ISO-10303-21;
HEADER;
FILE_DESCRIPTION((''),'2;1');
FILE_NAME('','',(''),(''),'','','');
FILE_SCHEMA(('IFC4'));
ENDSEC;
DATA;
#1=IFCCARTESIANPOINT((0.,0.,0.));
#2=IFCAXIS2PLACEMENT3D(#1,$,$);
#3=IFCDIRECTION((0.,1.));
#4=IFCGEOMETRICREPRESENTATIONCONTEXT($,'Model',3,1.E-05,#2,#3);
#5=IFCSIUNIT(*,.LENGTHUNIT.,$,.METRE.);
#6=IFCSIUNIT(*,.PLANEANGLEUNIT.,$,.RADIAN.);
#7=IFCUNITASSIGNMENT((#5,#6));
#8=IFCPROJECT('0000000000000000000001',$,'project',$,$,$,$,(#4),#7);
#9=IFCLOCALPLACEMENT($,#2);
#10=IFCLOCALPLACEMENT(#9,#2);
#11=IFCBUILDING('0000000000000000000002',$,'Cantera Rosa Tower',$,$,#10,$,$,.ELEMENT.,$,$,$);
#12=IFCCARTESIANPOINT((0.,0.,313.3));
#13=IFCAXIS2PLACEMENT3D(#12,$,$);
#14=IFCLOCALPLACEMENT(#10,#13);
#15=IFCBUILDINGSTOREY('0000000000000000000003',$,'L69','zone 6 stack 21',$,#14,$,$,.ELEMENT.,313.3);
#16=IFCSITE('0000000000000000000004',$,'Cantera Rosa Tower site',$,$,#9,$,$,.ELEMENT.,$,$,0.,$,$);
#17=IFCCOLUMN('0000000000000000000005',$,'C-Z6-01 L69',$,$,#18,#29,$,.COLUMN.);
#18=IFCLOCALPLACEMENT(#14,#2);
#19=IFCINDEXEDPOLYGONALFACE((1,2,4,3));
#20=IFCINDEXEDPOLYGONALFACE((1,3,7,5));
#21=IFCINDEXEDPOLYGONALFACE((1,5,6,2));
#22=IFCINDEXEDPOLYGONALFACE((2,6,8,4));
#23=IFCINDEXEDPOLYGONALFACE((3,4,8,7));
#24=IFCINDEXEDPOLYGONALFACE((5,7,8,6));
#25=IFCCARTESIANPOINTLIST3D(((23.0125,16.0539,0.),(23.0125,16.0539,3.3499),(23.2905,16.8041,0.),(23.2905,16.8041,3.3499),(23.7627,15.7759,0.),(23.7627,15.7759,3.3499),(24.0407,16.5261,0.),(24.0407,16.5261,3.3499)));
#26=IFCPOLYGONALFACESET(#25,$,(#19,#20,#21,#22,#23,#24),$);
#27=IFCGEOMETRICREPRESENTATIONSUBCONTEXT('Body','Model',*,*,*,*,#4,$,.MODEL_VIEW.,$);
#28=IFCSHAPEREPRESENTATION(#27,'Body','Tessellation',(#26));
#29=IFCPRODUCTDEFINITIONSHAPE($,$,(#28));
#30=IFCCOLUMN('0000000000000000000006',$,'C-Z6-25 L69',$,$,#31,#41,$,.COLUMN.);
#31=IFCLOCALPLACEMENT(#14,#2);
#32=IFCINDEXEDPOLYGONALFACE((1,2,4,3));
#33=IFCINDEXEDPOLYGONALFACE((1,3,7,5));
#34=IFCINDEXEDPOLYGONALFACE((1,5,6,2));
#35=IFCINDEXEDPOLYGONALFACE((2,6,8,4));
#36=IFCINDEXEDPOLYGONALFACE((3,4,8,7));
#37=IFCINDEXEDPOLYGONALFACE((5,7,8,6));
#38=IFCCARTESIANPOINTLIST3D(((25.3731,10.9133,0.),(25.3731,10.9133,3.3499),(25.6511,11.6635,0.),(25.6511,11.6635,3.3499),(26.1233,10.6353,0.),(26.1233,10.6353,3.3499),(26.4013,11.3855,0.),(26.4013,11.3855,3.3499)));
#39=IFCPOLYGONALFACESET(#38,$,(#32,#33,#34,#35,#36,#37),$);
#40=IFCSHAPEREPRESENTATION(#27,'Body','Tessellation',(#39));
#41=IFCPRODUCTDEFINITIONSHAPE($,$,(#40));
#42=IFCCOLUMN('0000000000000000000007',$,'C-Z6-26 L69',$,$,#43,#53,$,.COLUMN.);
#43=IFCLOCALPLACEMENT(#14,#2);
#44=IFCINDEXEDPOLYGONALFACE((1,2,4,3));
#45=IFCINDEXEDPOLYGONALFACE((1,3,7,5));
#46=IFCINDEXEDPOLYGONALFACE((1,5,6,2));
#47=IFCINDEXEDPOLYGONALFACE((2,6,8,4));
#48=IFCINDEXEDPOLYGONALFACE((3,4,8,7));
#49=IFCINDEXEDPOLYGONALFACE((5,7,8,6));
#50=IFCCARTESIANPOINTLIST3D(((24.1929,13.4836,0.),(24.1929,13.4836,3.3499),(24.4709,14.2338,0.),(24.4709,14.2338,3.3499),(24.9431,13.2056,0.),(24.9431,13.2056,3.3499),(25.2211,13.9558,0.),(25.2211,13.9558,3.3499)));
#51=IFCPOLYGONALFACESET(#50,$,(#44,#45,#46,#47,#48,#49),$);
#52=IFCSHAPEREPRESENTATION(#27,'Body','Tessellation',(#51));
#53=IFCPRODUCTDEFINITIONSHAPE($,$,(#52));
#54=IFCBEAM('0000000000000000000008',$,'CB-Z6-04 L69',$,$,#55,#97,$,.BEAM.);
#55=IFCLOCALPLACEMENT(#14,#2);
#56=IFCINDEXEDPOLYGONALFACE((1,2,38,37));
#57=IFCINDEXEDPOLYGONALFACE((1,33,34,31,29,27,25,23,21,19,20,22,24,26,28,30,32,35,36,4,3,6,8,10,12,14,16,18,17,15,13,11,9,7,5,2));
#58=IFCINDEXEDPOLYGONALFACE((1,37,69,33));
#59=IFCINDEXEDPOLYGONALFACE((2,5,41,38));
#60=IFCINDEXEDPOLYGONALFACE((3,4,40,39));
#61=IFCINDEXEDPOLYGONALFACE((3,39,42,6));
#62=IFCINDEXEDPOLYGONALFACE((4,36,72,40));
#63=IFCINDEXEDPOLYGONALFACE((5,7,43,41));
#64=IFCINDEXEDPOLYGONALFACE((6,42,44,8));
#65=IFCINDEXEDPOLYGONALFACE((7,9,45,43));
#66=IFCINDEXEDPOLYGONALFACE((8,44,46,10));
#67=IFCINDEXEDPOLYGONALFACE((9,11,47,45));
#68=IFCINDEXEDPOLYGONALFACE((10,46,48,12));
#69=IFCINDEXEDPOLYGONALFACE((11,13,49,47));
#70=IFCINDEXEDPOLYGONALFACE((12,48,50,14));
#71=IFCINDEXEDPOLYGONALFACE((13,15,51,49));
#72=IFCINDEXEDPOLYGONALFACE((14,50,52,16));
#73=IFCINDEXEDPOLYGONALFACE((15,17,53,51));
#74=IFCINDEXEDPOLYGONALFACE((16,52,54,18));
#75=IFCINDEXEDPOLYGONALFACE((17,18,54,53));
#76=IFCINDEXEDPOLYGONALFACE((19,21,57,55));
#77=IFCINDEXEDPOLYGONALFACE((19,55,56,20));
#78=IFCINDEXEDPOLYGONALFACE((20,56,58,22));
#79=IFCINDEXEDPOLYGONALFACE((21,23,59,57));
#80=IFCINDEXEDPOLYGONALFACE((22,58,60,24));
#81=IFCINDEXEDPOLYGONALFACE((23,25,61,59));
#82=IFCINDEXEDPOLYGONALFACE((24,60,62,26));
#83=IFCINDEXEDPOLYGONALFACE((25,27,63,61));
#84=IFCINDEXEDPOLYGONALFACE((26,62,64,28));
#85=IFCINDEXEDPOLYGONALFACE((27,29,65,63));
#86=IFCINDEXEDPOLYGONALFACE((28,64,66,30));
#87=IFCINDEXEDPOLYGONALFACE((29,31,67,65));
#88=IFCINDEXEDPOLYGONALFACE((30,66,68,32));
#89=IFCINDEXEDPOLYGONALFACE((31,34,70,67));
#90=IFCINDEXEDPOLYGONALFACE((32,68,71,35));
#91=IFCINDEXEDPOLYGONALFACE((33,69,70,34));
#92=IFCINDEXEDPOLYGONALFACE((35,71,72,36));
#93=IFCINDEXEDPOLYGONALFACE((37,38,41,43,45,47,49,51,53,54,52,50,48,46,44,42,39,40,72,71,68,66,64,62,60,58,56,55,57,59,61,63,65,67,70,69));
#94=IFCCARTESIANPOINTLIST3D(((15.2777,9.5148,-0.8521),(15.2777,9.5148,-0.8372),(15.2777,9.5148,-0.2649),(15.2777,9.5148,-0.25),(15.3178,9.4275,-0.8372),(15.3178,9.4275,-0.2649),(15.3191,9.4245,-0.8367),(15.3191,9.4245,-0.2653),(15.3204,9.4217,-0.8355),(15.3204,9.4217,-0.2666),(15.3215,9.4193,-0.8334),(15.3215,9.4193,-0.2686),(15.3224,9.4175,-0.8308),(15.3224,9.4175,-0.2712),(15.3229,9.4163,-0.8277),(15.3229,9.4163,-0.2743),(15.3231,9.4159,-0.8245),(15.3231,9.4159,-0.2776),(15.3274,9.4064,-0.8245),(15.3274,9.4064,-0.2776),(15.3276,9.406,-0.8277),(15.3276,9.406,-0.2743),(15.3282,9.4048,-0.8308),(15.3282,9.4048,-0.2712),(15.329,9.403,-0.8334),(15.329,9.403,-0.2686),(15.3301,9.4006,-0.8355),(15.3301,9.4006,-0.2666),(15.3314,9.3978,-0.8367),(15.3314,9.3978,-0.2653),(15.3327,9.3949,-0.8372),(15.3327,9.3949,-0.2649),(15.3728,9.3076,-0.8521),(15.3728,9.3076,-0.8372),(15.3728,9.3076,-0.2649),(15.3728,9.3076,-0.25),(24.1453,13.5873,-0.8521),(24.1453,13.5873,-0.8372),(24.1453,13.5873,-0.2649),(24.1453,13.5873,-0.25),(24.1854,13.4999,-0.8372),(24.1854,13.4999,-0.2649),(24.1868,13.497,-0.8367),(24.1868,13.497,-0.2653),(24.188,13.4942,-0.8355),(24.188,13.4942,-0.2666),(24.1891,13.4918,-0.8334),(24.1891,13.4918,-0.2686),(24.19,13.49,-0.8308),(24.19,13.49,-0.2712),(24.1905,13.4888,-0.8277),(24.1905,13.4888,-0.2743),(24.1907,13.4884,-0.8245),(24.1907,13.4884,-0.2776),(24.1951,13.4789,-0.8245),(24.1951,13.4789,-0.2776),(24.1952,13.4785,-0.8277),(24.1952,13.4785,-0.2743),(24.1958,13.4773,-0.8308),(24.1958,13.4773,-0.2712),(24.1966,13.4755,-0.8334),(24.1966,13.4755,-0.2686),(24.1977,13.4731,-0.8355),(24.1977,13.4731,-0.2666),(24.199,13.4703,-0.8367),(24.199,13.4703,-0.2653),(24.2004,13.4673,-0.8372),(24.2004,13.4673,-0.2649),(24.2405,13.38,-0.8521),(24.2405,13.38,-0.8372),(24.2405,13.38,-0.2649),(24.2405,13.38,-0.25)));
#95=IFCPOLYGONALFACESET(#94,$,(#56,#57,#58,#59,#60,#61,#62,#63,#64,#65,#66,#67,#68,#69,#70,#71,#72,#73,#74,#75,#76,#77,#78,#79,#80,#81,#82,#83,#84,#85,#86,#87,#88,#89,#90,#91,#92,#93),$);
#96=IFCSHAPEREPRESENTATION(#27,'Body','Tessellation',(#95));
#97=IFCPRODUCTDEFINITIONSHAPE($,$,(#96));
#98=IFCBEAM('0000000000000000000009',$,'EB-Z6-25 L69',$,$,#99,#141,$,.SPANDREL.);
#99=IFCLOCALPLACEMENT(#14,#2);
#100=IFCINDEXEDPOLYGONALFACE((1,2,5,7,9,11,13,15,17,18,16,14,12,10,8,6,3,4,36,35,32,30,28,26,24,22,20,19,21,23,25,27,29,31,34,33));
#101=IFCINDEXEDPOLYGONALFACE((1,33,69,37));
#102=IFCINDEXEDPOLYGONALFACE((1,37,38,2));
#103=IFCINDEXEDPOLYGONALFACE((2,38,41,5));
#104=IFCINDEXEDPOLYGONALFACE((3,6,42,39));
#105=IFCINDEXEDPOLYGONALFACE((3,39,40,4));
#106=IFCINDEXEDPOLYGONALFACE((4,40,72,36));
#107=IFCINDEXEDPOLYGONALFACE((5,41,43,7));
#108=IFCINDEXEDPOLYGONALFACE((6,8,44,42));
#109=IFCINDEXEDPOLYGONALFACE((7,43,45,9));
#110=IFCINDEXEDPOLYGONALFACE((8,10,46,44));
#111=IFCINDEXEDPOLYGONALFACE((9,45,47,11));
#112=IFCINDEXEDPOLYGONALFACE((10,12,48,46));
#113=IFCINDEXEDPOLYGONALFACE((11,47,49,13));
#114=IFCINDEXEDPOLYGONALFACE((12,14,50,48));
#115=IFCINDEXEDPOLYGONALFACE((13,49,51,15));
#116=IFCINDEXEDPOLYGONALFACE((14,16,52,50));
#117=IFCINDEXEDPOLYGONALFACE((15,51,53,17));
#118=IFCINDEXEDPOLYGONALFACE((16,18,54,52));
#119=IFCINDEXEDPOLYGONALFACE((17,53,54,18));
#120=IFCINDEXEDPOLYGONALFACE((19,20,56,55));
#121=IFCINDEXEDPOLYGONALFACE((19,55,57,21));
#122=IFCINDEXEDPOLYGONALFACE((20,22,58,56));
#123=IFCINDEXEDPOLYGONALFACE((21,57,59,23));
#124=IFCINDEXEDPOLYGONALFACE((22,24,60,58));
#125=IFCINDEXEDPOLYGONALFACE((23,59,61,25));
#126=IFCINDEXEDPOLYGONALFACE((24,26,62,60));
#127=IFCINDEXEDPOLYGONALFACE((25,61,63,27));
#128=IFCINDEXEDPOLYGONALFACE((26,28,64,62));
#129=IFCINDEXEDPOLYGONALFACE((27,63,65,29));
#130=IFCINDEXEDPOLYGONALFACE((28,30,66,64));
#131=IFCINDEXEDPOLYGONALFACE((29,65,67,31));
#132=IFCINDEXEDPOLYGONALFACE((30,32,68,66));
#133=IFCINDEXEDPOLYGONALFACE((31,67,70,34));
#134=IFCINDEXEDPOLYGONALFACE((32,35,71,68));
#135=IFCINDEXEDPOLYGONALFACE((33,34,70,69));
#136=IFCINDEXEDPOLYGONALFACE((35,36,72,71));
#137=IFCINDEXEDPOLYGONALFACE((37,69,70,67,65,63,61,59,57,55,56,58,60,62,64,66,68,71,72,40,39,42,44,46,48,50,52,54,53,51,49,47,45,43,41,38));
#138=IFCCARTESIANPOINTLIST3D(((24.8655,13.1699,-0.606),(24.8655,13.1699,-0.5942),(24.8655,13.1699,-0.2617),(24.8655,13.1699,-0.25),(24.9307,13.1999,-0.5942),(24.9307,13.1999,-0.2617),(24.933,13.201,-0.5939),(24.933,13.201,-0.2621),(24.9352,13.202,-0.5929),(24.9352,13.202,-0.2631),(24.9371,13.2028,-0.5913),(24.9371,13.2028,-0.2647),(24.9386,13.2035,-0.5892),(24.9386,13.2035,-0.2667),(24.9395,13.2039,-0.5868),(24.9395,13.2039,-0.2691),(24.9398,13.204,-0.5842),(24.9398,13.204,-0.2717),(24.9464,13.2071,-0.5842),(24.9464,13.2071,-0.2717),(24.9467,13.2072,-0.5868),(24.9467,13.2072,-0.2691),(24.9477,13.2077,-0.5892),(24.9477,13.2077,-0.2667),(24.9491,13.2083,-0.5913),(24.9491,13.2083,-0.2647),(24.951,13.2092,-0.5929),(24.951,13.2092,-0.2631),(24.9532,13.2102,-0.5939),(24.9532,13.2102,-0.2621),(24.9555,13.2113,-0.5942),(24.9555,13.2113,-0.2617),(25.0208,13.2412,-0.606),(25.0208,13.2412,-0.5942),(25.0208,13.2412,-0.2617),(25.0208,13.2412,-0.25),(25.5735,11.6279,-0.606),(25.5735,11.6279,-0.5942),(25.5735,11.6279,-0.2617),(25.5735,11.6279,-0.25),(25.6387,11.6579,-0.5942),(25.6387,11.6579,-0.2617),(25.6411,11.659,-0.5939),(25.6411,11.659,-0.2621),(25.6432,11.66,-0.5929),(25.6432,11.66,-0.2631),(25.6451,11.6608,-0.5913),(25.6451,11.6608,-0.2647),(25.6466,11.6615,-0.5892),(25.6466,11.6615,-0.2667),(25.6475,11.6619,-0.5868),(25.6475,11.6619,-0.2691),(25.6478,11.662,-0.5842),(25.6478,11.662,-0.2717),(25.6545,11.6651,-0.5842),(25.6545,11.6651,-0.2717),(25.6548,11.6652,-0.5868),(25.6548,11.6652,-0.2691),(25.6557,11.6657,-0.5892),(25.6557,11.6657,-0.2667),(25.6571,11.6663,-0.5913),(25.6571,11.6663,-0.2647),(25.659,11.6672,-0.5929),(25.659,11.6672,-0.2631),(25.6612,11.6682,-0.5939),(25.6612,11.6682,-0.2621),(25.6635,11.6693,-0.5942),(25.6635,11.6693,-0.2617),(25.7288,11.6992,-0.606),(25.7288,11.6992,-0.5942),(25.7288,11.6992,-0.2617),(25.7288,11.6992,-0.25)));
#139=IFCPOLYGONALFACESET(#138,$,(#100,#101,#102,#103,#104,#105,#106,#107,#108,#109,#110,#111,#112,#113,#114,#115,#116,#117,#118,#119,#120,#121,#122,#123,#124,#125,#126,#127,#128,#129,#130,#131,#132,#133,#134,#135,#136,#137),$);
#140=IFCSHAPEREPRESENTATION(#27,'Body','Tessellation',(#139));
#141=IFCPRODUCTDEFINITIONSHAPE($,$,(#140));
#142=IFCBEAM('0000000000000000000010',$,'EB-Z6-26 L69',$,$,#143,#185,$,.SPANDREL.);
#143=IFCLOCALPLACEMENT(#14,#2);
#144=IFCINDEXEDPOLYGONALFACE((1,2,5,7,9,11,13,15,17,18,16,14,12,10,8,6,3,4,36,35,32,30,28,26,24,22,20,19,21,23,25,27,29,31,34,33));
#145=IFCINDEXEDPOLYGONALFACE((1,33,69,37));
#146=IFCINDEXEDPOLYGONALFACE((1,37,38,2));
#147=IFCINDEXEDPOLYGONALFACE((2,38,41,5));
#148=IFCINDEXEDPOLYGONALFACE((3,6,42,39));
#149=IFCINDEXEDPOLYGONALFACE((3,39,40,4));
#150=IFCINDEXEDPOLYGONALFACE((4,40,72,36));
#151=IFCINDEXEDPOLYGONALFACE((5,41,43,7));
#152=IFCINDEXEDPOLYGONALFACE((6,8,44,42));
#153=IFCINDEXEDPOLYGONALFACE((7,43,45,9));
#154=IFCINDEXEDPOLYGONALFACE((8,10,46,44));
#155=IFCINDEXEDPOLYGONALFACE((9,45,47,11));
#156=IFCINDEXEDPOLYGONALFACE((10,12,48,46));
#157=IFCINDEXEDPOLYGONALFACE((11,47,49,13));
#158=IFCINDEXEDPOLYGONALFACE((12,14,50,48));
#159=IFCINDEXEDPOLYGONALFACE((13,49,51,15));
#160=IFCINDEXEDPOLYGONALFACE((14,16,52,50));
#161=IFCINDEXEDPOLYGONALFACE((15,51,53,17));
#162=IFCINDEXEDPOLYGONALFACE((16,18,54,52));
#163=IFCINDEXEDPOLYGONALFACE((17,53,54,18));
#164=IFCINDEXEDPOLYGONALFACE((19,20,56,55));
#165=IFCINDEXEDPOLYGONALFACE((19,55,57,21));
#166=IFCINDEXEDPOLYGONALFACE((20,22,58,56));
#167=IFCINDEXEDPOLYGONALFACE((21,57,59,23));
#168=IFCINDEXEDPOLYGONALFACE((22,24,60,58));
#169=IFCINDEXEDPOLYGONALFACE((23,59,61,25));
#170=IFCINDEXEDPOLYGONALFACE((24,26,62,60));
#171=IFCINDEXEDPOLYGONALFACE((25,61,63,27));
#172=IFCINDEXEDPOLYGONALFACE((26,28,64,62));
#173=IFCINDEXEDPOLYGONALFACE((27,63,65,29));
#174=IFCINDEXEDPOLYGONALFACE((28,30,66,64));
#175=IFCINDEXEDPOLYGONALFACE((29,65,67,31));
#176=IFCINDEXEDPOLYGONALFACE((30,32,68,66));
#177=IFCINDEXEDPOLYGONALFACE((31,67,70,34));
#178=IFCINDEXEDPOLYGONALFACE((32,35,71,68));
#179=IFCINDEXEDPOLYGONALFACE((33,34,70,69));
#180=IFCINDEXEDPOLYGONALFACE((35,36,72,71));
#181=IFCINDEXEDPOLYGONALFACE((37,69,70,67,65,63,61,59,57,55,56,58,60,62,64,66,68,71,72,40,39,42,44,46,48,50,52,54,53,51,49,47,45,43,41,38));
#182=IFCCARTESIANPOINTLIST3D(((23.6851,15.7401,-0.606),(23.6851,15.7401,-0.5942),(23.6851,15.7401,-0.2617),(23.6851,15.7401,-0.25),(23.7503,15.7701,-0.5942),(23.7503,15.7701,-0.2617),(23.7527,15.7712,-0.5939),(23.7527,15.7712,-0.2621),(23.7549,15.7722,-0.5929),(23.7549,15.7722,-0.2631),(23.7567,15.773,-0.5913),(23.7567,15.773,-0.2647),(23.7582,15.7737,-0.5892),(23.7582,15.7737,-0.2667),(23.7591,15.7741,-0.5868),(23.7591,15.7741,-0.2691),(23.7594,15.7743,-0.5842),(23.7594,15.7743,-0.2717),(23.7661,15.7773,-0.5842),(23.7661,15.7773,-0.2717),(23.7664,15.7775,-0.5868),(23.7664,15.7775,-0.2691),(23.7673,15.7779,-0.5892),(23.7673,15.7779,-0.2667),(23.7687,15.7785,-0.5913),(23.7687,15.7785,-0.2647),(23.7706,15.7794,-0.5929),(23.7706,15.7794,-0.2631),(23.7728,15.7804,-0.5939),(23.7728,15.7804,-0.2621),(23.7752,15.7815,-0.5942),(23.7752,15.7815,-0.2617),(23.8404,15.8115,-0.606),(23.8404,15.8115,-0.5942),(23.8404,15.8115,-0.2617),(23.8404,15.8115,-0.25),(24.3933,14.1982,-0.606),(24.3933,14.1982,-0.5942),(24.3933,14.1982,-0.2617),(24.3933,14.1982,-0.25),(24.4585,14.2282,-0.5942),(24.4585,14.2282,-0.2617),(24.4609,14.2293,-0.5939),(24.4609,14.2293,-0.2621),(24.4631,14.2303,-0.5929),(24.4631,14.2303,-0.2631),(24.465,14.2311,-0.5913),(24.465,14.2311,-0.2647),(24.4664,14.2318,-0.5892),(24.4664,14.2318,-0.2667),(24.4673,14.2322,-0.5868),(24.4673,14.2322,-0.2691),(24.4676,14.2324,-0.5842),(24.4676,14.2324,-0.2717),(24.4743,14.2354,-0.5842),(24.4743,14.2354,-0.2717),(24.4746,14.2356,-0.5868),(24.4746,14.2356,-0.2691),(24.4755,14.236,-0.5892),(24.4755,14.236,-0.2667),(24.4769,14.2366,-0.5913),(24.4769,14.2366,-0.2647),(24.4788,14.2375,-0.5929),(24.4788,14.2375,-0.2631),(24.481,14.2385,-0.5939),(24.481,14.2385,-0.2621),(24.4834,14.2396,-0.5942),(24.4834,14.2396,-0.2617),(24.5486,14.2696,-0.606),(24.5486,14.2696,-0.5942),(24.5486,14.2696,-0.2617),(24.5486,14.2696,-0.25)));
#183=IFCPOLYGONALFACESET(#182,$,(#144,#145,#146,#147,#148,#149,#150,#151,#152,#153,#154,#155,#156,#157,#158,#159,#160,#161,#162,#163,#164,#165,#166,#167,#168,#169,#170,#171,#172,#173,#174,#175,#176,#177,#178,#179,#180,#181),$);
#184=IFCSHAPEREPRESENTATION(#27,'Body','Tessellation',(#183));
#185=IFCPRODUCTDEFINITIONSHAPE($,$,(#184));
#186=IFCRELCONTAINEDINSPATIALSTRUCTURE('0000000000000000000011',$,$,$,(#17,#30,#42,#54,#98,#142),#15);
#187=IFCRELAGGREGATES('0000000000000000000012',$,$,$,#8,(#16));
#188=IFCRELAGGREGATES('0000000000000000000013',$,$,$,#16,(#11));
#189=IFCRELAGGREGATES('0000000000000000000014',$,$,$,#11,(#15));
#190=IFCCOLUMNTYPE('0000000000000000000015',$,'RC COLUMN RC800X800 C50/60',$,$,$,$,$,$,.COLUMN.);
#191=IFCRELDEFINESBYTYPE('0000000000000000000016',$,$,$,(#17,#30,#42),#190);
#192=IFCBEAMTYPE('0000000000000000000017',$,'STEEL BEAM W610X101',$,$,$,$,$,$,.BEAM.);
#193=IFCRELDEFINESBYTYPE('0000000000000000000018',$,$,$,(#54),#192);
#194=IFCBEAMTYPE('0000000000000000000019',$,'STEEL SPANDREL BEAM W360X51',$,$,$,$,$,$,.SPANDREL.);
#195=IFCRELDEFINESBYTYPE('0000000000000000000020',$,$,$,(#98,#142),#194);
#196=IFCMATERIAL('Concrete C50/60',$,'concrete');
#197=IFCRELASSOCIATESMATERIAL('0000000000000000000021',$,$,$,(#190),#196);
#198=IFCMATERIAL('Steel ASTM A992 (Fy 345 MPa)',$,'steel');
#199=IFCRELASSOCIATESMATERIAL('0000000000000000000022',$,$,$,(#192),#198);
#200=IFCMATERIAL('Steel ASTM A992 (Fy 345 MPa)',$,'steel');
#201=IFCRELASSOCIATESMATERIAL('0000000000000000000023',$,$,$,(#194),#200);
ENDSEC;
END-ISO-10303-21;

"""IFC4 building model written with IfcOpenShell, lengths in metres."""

from ifc_helpers import new_model, si_unit, direction, frame, origin, origin_2d, place, context, subcontext, project, spatial, rectangle, i_section, extrude, material, material_profile, profile_set, type_object, element, save


model = new_model("IFC4")

# Units and contexts
model_context = context("Model", 3, precision=1e-05, world=origin(), true_north=direction((0.0, 1.0)))
body_context = subcontext(model_context, "Body", "Model", "MODEL_VIEW")
ifc_project = project(units=[si_unit("LENGTHUNIT", "METRE"), si_unit("PLANEANGLEUNIT", "RADIAN")], contexts=[model_context])

# Site, building, storey
site_placement = place(None, origin())
site = spatial("IfcSite", under=ifc_project, at=site_placement, Name="Cantera Rosa Tower site", CompositionType="ELEMENT", RefElevation=0.0)
building_placement = place(site_placement, origin())
building = spatial("IfcBuilding", under=site, at=building_placement, Name="Cantera Rosa Tower", CompositionType="ELEMENT")
storey_placement = place(building_placement, frame((0.0, 0.0, 313.3)))
storey = spatial("IfcBuildingStorey", under=building, at=storey_placement, Name="L69", Description="zone 6 stack 21", CompositionType="ELEMENT", Elevation=313.3)

# Columns
ifc_material_1 = material(Name="Concrete C50/60", Category="concrete")
ifc_material_profile_1 = material_profile(ifc_material_1, rectangle(XDim=0.8, YDim=0.8, at=origin_2d()), Name="RC COLUMN RC800X800 C50/60")
ifc_profile_set_1 = profile_set([ifc_material_profile_1], Name="Concrete C50/60")
column_type = type_object("IfcColumnType", Name="RC COLUMN RC800X800 C50/60", PredefinedType="COLUMN", material=ifc_profile_set_1)
for number, where, z_axis, x_axis, name in (
    (1, (23.5266, 16.29, 0.0), (0.0, 0.0, 1.0), (0.347481, 0.937687, 0.0), "C-Z6-01 L69"),
    (2, (25.8872, 11.1494, 0.0), (0.0, 0.0, 1.0), (0.347481, 0.937687, 0.0), "C-Z6-25 L69"),
    (3, (24.707, 13.7197, 0.0), (0.0, 0.0, 1.0), (0.347481, 0.937687, 0.0), "C-Z6-26 L69"),
):
    element("IfcColumn", number, at=place(storey_placement, frame(where, z_axis=z_axis, x_axis=x_axis)), inside=storey, type_object=column_type, Name=name, PredefinedType="COLUMN", context=body_context, shape_type="SweptSolid", body=[
        extrude(rectangle(XDim=0.8, YDim=0.8, at=origin_2d()), origin(), (0.0, 0.0, 1.0), 3.3499),
    ])

# Beams
ifc_material_2 = material(Name="Steel ASTM A992 (Fy 345 MPa)", Category="steel")
ifc_material_profile_2 = material_profile(ifc_material_2, i_section(OverallWidth=0.228, OverallDepth=0.6021, WebThickness=0.0105, FlangeThickness=0.0149, FilletRadius=0.0127, at=origin_2d()), Name="W610X101")
ifc_profile_set_2 = profile_set([ifc_material_profile_2], Name="Steel ASTM A992 (Fy 345 MPa)")
beam_type_1 = type_object("IfcBeamType", Name="STEEL BEAM W610X101", PredefinedType="BEAM", material=ifc_profile_set_2)
beam_1_placement = place(storey_placement, frame((24.1929, 13.4836, -0.551), z_axis=(-0.908748, -0.417346, 0.0), x_axis=(0.417346, -0.908748, 0.0)))
element("IfcBeam", 4, at=beam_1_placement, inside=storey, type_object=beam_type_1, Name="CB-Z6-04 L69", PredefinedType="BEAM", context=body_context, shape_type="SweptSolid", body=[
    extrude(i_section(OverallWidth=0.228, OverallDepth=0.6021, WebThickness=0.0105, FlangeThickness=0.0149, FilletRadius=0.0127, at=origin_2d()), origin(), (0.0, 0.0, 1.0), 9.7581),
])
ifc_material_3 = material(Name="Steel ASTM A992 (Fy 345 MPa)", Category="steel")
ifc_material_profile_3 = material_profile(ifc_material_3, i_section(OverallWidth=0.1709, OverallDepth=0.356, WebThickness=0.0073, FlangeThickness=0.0117, FilletRadius=0.01, at=origin_2d()), Name="W360X51")
ifc_profile_set_3 = profile_set([ifc_material_profile_3], Name="Steel ASTM A992 (Fy 345 MPa)")
beam_type_2 = type_object("IfcBeamType", Name="STEEL SPANDREL BEAM W360X51", PredefinedType="SPANDREL", material=ifc_profile_set_3)
for number, where, z_axis, x_axis, name in (
    (5, (25.6511, 11.6636, -0.428), (-0.417269, 0.908783, 0.0), (-0.908783, -0.417269, 0.0), "EB-Z6-25 L69"),
    (6, (24.4709, 14.2339, -0.428), (-0.417388, 0.908728, 0.0), (-0.908728, -0.417388, 0.0), "EB-Z6-26 L69"),
):
    element("IfcBeam", number, at=place(storey_placement, frame(where, z_axis=z_axis, x_axis=x_axis)), inside=storey, type_object=beam_type_2, Name=name, PredefinedType="SPANDREL", context=body_context, shape_type="SweptSolid", body=[
        extrude(i_section(OverallWidth=0.1709, OverallDepth=0.356, WebThickness=0.0073, FlangeThickness=0.0117, FilletRadius=0.01, at=origin_2d()), origin(), (0.0, 0.0, 1.0), 1.6968),
    ])

save(model, "model.ifc")
